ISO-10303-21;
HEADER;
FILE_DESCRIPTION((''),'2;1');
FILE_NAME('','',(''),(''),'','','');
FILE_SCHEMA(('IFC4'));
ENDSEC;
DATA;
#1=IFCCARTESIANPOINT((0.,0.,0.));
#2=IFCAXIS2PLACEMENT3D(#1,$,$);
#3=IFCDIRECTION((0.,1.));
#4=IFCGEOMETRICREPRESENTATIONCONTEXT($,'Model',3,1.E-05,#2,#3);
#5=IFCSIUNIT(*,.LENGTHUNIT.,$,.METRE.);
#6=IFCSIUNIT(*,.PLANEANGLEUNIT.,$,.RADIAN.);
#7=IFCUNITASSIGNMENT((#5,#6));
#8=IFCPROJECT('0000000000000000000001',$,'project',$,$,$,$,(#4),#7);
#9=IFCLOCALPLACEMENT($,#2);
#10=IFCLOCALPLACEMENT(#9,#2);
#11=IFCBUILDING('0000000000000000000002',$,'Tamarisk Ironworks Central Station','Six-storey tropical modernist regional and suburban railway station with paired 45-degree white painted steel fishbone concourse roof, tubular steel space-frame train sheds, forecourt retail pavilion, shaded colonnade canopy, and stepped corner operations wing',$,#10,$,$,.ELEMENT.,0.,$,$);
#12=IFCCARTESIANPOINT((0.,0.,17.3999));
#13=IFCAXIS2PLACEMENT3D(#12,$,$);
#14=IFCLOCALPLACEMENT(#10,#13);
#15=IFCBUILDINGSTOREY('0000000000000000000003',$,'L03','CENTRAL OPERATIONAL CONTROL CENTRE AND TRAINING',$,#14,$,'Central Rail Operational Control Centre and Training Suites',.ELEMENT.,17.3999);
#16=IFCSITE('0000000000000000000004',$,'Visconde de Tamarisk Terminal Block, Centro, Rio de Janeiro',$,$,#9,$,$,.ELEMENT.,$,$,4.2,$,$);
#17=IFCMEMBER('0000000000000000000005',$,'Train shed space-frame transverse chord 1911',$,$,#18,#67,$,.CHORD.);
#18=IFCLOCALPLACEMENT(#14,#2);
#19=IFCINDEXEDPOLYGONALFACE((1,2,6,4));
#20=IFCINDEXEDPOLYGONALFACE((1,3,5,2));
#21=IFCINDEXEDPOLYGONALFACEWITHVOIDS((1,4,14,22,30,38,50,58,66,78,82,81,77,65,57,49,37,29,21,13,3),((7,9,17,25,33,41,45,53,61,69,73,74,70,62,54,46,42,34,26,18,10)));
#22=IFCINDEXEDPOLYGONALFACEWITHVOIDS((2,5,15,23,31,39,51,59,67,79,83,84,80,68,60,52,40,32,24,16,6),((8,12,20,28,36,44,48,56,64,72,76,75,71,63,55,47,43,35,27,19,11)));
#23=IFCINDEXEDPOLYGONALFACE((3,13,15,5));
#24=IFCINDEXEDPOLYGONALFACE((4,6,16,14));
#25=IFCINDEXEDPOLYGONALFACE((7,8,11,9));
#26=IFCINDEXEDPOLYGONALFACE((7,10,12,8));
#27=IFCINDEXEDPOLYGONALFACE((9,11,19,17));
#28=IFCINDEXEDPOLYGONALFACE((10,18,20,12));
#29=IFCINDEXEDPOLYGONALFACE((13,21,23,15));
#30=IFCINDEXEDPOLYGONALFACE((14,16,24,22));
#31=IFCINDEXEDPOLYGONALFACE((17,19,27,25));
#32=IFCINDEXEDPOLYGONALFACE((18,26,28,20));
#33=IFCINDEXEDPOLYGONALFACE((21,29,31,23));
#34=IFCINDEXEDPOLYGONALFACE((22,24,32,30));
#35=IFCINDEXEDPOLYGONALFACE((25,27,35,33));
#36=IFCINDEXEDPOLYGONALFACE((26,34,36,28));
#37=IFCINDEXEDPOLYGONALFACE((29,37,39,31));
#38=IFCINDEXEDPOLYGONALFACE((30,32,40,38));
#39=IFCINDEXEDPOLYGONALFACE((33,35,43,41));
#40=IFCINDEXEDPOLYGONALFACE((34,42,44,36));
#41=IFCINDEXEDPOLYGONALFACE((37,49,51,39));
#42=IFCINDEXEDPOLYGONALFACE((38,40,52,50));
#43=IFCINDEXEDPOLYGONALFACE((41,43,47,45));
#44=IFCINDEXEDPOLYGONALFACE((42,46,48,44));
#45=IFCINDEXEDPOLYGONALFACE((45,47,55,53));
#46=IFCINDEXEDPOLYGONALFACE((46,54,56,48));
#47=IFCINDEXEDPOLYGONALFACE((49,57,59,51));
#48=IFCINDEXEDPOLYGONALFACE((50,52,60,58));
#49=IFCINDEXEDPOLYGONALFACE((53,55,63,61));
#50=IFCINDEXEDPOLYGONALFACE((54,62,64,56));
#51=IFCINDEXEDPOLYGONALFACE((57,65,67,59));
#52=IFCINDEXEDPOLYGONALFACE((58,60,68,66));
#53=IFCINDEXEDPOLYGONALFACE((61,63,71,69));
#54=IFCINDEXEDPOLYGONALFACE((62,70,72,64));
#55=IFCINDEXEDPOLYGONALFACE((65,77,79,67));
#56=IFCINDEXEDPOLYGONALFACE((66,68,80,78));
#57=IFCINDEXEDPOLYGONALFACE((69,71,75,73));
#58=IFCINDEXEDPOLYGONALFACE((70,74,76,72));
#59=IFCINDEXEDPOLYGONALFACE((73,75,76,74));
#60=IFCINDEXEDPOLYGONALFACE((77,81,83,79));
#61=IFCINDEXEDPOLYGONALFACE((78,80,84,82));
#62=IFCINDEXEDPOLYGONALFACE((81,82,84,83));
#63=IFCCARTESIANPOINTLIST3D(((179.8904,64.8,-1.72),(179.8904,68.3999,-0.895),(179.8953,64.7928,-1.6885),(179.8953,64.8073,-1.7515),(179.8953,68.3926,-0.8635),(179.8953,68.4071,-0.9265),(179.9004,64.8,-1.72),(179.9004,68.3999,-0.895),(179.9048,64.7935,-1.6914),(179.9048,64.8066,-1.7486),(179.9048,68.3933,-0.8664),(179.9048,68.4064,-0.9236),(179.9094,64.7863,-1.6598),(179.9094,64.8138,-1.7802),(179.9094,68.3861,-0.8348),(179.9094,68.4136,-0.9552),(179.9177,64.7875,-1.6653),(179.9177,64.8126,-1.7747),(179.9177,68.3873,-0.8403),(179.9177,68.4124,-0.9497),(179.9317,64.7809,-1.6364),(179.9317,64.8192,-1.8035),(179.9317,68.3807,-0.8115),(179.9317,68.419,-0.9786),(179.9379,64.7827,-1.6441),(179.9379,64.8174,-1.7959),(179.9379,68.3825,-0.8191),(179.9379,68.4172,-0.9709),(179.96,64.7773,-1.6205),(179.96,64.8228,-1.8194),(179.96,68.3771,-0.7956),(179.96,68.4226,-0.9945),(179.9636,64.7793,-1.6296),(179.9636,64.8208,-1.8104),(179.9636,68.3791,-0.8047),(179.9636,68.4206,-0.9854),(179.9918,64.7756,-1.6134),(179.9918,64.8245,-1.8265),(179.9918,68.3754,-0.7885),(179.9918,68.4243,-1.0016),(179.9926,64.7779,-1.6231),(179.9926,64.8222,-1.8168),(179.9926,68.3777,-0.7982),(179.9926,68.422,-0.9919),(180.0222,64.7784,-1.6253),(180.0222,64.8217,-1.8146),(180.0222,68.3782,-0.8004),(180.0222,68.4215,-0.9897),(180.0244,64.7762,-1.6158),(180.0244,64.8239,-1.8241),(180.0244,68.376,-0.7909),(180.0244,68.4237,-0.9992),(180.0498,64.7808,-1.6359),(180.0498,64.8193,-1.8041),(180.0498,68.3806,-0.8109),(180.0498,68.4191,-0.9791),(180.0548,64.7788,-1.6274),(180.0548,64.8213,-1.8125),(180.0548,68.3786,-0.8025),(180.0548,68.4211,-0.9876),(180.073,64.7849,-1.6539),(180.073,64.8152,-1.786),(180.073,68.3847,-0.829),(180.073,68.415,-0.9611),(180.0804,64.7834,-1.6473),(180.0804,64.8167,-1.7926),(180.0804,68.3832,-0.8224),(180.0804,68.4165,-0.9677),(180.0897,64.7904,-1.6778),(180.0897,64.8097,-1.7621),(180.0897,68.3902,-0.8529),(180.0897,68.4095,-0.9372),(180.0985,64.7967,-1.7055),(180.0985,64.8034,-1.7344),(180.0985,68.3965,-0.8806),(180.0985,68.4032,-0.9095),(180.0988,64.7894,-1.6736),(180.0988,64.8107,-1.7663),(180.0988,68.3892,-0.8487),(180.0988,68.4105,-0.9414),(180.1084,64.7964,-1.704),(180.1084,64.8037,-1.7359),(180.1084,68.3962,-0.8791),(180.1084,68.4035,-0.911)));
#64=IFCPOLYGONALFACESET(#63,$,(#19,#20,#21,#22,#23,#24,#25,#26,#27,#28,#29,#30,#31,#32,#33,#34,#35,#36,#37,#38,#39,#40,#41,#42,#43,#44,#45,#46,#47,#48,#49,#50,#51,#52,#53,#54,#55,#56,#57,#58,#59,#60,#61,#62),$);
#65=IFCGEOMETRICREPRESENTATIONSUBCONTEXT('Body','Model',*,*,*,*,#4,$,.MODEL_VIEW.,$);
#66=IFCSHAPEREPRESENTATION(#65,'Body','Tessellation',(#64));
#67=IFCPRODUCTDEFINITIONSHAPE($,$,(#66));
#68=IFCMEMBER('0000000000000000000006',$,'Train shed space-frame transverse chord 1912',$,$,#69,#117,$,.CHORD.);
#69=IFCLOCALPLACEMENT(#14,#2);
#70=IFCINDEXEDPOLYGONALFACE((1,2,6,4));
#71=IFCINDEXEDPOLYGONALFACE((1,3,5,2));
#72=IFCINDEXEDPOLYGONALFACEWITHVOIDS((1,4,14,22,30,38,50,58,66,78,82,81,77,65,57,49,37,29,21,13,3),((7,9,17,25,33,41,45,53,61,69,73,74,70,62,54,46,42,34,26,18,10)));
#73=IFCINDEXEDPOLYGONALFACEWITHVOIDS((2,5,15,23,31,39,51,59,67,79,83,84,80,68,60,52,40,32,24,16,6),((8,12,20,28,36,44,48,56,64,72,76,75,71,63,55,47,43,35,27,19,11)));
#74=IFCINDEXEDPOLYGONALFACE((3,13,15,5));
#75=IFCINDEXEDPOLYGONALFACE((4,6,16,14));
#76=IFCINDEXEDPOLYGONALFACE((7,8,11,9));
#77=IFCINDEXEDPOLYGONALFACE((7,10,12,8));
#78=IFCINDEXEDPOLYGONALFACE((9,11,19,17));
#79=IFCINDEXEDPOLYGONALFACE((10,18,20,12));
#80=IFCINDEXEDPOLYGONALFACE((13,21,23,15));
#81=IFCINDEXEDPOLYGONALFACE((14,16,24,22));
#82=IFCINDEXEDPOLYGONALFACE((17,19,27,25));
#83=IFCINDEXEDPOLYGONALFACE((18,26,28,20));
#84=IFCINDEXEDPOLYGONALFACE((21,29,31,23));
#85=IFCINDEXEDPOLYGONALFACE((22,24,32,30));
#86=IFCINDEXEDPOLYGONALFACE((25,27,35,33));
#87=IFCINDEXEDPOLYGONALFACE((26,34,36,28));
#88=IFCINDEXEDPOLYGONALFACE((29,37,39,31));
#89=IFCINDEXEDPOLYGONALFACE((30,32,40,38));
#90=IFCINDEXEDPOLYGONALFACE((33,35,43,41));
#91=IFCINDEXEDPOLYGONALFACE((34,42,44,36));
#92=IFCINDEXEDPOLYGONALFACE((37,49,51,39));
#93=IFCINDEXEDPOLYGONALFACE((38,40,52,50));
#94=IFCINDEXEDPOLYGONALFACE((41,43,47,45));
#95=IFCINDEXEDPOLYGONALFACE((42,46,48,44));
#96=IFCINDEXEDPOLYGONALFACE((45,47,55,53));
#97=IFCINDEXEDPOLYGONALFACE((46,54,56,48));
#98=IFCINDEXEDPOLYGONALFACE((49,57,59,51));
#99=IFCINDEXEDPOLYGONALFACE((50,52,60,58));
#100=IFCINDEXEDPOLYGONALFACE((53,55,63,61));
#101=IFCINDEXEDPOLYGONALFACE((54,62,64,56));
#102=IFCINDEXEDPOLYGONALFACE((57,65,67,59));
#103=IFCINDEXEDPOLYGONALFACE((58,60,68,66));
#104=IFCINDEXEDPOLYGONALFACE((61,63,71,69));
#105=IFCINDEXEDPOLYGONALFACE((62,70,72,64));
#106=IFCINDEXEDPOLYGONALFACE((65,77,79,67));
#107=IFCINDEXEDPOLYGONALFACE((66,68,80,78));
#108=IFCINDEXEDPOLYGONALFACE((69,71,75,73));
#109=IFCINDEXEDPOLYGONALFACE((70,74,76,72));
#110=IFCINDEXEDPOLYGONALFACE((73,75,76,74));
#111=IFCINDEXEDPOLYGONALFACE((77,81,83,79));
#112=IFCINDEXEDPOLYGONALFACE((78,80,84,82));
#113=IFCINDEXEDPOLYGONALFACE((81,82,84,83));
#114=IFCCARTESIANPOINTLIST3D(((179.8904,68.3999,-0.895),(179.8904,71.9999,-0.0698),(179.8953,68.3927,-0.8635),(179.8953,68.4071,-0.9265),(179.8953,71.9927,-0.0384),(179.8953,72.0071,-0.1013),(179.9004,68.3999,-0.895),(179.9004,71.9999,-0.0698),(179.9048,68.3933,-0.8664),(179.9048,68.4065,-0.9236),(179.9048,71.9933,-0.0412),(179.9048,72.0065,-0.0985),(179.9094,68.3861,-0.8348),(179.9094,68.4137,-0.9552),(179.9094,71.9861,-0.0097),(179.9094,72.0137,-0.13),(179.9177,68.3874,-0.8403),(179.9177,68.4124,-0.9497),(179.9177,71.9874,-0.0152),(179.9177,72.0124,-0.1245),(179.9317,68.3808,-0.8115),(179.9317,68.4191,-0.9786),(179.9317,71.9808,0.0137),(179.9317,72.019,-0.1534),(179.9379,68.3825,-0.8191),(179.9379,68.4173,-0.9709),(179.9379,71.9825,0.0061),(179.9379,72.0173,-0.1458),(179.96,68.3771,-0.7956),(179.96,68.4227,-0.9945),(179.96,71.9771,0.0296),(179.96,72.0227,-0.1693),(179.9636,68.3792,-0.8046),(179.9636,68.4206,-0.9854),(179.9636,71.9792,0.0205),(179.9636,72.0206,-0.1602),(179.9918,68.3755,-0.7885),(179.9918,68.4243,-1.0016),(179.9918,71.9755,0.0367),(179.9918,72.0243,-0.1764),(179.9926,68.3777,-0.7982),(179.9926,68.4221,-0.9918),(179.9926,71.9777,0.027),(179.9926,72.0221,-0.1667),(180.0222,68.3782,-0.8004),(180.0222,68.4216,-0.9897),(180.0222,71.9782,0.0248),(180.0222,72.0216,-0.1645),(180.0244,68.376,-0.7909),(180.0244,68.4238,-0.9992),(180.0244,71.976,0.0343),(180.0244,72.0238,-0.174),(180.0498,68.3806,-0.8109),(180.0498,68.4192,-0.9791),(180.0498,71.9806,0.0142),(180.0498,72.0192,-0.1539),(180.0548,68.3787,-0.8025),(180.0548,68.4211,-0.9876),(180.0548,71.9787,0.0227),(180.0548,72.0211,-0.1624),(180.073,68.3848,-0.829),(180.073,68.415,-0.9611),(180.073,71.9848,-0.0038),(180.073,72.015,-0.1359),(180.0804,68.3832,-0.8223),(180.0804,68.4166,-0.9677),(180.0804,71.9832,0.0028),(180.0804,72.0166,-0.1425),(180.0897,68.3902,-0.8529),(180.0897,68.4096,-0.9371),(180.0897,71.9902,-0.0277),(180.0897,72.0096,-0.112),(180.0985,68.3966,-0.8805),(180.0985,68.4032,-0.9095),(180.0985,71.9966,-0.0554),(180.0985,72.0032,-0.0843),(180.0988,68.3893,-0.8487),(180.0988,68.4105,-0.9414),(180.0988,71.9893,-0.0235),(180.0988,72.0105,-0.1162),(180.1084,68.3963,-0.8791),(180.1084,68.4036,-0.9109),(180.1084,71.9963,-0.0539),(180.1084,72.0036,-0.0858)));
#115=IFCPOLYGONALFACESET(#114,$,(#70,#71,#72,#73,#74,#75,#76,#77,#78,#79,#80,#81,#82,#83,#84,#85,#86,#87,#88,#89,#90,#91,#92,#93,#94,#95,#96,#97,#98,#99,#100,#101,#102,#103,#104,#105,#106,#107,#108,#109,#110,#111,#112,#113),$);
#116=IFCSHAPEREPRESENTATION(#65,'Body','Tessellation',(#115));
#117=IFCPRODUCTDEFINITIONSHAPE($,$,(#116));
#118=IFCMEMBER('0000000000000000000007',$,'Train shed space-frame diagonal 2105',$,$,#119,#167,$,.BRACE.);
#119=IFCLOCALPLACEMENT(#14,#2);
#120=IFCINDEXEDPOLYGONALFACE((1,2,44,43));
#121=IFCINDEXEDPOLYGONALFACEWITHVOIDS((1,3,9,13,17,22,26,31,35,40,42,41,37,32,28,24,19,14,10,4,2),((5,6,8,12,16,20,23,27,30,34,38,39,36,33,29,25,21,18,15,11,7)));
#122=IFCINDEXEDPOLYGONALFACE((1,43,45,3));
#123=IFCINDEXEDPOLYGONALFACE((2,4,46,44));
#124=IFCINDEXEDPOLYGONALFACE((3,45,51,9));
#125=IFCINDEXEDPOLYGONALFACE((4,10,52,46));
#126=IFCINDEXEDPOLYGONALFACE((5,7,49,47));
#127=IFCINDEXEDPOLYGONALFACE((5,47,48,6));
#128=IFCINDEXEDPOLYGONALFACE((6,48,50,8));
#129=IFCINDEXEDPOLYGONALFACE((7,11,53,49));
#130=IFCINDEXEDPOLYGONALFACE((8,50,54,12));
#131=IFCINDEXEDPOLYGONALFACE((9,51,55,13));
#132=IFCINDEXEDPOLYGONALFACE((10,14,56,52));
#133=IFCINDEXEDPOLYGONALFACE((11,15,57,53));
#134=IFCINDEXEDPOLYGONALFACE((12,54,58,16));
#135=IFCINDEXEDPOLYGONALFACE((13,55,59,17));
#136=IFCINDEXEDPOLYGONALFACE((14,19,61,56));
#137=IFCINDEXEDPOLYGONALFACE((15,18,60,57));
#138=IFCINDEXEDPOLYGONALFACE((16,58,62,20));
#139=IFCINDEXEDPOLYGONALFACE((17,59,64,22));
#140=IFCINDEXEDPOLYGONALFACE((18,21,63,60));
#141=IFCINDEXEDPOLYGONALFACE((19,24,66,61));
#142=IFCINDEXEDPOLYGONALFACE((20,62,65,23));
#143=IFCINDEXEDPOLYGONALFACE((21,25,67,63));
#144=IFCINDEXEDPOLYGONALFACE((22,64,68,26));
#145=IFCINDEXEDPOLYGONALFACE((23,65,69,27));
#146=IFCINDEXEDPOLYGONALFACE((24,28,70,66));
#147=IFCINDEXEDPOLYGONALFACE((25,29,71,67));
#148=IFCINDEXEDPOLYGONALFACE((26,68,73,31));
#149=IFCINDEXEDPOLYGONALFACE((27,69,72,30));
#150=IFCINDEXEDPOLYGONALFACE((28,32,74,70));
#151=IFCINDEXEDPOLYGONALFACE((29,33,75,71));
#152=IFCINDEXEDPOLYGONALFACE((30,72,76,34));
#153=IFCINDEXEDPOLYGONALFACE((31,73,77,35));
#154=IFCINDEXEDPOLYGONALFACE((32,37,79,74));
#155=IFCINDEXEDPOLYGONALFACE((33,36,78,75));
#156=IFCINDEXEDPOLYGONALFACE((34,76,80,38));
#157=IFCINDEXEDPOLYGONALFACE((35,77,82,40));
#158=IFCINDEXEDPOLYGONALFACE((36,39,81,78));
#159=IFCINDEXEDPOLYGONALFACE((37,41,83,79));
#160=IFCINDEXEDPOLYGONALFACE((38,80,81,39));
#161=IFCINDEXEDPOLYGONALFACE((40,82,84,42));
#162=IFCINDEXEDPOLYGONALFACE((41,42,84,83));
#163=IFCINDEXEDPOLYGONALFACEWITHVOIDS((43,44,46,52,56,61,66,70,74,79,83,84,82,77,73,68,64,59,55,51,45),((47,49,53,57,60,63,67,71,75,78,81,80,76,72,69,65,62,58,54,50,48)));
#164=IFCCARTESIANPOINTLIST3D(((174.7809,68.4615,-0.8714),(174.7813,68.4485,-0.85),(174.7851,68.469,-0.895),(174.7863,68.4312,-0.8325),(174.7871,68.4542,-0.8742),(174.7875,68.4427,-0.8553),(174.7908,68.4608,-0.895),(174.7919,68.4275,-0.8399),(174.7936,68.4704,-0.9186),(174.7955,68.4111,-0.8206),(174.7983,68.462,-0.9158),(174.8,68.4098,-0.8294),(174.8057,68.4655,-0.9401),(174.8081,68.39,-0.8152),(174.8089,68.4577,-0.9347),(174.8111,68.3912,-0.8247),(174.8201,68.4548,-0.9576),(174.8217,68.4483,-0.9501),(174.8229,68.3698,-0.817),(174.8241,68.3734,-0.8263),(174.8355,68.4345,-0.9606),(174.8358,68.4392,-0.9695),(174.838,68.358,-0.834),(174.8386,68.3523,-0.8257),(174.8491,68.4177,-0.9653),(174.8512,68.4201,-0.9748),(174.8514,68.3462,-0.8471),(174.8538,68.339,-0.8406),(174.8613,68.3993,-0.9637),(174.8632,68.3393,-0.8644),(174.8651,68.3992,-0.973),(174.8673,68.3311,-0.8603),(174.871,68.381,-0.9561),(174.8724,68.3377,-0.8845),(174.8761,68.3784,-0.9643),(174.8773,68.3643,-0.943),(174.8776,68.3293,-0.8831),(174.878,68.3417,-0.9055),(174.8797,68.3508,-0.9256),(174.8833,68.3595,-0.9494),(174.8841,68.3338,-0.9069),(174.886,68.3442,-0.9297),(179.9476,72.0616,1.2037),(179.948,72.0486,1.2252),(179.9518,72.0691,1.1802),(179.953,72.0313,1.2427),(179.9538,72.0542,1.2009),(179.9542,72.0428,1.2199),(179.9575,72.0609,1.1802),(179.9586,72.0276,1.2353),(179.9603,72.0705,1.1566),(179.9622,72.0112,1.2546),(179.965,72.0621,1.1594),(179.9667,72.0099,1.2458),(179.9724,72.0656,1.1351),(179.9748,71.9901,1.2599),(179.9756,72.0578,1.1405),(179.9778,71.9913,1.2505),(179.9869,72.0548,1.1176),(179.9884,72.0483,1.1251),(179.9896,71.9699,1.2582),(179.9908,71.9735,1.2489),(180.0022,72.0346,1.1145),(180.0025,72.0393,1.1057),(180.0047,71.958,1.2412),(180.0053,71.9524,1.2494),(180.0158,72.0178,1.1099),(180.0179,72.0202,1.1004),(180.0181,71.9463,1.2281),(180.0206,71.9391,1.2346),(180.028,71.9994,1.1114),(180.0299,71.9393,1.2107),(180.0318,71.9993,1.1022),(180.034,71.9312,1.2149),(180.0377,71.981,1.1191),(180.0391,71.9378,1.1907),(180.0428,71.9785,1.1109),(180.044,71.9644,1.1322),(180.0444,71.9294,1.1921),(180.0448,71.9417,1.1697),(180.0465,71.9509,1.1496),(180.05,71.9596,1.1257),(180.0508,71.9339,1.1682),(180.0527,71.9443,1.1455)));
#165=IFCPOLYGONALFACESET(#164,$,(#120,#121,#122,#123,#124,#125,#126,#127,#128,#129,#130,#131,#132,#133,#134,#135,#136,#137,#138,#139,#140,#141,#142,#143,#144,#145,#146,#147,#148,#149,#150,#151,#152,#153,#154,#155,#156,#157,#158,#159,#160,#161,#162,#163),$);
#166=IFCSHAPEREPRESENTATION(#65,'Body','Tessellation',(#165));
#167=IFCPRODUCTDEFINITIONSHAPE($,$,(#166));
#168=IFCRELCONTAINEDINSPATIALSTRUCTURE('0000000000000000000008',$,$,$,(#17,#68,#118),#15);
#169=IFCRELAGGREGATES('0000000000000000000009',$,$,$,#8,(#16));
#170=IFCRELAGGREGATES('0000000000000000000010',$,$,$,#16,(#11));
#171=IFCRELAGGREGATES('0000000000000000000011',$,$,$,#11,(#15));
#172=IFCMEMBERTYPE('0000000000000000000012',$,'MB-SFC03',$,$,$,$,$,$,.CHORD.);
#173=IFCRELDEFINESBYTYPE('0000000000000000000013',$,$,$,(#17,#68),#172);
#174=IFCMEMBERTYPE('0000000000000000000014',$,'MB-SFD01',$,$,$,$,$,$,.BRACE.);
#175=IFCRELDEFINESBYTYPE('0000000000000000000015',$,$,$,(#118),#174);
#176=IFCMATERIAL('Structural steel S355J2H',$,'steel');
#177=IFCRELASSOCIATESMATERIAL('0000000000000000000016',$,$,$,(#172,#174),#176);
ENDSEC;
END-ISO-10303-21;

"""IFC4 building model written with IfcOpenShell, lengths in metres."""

from ifc_helpers import new_model, si_unit, direction, frame, origin, origin_2d, place, context, subcontext, project, spatial, hollow_circle, extrude, material, material_profile, profile_set, type_object, element, save


model = new_model("IFC4")

# Units and contexts
model_context = context("Model", 3, precision=1e-05, world=origin(), true_north=direction((0.0, 1.0)))
body_context = subcontext(model_context, "Body", "Model", "MODEL_VIEW")
ifc_project = project(units=[si_unit("LENGTHUNIT", "METRE"), si_unit("PLANEANGLEUNIT", "RADIAN")], contexts=[model_context])

# Site, building, storey
site_placement = place(None, origin())
site = spatial("IfcSite", under=ifc_project, at=site_placement, Name="Visconde de Tamarisk Terminal Block, Centro, Rio de Janeiro", CompositionType="ELEMENT", RefElevation=4.2)
building_placement = place(site_placement, origin())
building = spatial("IfcBuilding", under=site, at=building_placement, Name="Tamarisk Ironworks Central Station", Description="Six-storey tropical modernist regional and suburban railway station with paired 45-degree white painted steel fishbone concourse roof, tubular steel space-frame train sheds, forecourt retail pavilion, shaded colonnade canopy, and stepped corner operations wing", CompositionType="ELEMENT", ElevationOfRefHeight=0.0)
storey_placement = place(building_placement, frame((0.0, 0.0, 17.3999)))
storey = spatial("IfcBuildingStorey", under=building, at=storey_placement, Name="L03", Description="CENTRAL OPERATIONAL CONTROL CENTRE AND TRAINING", LongName="Central Rail Operational Control Centre and Training Suites", CompositionType="ELEMENT", Elevation=17.3999)

# Members
ifc_material = material(Name="Structural steel S355J2H", Category="steel")
ifc_material_profile_1 = material_profile(ifc_material, hollow_circle(Radius=0.1096, WallThickness=0.01, at=origin_2d()), Name="CHS 219.1x10")
ifc_profile_set_1 = profile_set([ifc_material_profile_1], Name="Structural steel S355J2H")
member_type_1 = type_object("IfcMemberType", Name="MB-SFC03", PredefinedType="CHORD", material=ifc_profile_set_1)
member_1_placement = place(storey_placement, frame((180.0, 64.8, -1.72), z_axis=(0.0, 0.974733, 0.223372), x_axis=(-1.0, 0.0, 0.0)))
element("IfcMember", 1, at=member_1_placement, inside=storey, type_object=member_type_1, Name="Train shed space-frame transverse chord 1911", PredefinedType="CHORD", context=body_context, shape_type="SweptSolid", body=[
    extrude(hollow_circle(Radius=0.1096, WallThickness=0.01, at=origin_2d()), origin(), (0.0, 0.0, 1.0), 3.6931),
])
member_2_placement = place(storey_placement, frame((180.0, 68.3999, -0.895), z_axis=(0.0, 0.974722, 0.223421), x_axis=(-1.0, 0.0, 0.0)))
element("IfcMember", 2, at=member_2_placement, inside=storey, type_object=member_type_1, Name="Train shed space-frame transverse chord 1912", PredefinedType="CHORD", context=body_context, shape_type="SweptSolid", body=[
    extrude(hollow_circle(Radius=0.1096, WallThickness=0.01, at=origin_2d()), origin(), (0.0, 0.0, 1.0), 3.6934),
])
ifc_material_profile_2 = material_profile(ifc_material, hollow_circle(Radius=0.0842, WallThickness=0.01, at=origin_2d()), Name="CHS 168.3x10")
ifc_profile_set_2 = profile_set([ifc_material_profile_2], Name="Structural steel S355J2H")
member_type_2 = type_object("IfcMemberType", Name="MB-SFD01", PredefinedType="BRACE", material=ifc_profile_set_2)
member_3_placement = place(storey_placement, frame((174.8333, 68.3999, -0.895), z_axis=(0.779249, 0.542967, 0.312981), x_axis=(-0.571689, 0.82047, 0.0)))
element("IfcMember", 3, at=member_3_placement, inside=storey, type_object=member_type_2, Name="Train shed space-frame diagonal 2105", PredefinedType="BRACE", context=body_context, shape_type="SweptSolid", body=[
    extrude(hollow_circle(Radius=0.0842, WallThickness=0.01, at=origin_2d()), origin(), (0.0, 0.0, 1.0), 6.6304),
])

save(model, "model.ifc")
